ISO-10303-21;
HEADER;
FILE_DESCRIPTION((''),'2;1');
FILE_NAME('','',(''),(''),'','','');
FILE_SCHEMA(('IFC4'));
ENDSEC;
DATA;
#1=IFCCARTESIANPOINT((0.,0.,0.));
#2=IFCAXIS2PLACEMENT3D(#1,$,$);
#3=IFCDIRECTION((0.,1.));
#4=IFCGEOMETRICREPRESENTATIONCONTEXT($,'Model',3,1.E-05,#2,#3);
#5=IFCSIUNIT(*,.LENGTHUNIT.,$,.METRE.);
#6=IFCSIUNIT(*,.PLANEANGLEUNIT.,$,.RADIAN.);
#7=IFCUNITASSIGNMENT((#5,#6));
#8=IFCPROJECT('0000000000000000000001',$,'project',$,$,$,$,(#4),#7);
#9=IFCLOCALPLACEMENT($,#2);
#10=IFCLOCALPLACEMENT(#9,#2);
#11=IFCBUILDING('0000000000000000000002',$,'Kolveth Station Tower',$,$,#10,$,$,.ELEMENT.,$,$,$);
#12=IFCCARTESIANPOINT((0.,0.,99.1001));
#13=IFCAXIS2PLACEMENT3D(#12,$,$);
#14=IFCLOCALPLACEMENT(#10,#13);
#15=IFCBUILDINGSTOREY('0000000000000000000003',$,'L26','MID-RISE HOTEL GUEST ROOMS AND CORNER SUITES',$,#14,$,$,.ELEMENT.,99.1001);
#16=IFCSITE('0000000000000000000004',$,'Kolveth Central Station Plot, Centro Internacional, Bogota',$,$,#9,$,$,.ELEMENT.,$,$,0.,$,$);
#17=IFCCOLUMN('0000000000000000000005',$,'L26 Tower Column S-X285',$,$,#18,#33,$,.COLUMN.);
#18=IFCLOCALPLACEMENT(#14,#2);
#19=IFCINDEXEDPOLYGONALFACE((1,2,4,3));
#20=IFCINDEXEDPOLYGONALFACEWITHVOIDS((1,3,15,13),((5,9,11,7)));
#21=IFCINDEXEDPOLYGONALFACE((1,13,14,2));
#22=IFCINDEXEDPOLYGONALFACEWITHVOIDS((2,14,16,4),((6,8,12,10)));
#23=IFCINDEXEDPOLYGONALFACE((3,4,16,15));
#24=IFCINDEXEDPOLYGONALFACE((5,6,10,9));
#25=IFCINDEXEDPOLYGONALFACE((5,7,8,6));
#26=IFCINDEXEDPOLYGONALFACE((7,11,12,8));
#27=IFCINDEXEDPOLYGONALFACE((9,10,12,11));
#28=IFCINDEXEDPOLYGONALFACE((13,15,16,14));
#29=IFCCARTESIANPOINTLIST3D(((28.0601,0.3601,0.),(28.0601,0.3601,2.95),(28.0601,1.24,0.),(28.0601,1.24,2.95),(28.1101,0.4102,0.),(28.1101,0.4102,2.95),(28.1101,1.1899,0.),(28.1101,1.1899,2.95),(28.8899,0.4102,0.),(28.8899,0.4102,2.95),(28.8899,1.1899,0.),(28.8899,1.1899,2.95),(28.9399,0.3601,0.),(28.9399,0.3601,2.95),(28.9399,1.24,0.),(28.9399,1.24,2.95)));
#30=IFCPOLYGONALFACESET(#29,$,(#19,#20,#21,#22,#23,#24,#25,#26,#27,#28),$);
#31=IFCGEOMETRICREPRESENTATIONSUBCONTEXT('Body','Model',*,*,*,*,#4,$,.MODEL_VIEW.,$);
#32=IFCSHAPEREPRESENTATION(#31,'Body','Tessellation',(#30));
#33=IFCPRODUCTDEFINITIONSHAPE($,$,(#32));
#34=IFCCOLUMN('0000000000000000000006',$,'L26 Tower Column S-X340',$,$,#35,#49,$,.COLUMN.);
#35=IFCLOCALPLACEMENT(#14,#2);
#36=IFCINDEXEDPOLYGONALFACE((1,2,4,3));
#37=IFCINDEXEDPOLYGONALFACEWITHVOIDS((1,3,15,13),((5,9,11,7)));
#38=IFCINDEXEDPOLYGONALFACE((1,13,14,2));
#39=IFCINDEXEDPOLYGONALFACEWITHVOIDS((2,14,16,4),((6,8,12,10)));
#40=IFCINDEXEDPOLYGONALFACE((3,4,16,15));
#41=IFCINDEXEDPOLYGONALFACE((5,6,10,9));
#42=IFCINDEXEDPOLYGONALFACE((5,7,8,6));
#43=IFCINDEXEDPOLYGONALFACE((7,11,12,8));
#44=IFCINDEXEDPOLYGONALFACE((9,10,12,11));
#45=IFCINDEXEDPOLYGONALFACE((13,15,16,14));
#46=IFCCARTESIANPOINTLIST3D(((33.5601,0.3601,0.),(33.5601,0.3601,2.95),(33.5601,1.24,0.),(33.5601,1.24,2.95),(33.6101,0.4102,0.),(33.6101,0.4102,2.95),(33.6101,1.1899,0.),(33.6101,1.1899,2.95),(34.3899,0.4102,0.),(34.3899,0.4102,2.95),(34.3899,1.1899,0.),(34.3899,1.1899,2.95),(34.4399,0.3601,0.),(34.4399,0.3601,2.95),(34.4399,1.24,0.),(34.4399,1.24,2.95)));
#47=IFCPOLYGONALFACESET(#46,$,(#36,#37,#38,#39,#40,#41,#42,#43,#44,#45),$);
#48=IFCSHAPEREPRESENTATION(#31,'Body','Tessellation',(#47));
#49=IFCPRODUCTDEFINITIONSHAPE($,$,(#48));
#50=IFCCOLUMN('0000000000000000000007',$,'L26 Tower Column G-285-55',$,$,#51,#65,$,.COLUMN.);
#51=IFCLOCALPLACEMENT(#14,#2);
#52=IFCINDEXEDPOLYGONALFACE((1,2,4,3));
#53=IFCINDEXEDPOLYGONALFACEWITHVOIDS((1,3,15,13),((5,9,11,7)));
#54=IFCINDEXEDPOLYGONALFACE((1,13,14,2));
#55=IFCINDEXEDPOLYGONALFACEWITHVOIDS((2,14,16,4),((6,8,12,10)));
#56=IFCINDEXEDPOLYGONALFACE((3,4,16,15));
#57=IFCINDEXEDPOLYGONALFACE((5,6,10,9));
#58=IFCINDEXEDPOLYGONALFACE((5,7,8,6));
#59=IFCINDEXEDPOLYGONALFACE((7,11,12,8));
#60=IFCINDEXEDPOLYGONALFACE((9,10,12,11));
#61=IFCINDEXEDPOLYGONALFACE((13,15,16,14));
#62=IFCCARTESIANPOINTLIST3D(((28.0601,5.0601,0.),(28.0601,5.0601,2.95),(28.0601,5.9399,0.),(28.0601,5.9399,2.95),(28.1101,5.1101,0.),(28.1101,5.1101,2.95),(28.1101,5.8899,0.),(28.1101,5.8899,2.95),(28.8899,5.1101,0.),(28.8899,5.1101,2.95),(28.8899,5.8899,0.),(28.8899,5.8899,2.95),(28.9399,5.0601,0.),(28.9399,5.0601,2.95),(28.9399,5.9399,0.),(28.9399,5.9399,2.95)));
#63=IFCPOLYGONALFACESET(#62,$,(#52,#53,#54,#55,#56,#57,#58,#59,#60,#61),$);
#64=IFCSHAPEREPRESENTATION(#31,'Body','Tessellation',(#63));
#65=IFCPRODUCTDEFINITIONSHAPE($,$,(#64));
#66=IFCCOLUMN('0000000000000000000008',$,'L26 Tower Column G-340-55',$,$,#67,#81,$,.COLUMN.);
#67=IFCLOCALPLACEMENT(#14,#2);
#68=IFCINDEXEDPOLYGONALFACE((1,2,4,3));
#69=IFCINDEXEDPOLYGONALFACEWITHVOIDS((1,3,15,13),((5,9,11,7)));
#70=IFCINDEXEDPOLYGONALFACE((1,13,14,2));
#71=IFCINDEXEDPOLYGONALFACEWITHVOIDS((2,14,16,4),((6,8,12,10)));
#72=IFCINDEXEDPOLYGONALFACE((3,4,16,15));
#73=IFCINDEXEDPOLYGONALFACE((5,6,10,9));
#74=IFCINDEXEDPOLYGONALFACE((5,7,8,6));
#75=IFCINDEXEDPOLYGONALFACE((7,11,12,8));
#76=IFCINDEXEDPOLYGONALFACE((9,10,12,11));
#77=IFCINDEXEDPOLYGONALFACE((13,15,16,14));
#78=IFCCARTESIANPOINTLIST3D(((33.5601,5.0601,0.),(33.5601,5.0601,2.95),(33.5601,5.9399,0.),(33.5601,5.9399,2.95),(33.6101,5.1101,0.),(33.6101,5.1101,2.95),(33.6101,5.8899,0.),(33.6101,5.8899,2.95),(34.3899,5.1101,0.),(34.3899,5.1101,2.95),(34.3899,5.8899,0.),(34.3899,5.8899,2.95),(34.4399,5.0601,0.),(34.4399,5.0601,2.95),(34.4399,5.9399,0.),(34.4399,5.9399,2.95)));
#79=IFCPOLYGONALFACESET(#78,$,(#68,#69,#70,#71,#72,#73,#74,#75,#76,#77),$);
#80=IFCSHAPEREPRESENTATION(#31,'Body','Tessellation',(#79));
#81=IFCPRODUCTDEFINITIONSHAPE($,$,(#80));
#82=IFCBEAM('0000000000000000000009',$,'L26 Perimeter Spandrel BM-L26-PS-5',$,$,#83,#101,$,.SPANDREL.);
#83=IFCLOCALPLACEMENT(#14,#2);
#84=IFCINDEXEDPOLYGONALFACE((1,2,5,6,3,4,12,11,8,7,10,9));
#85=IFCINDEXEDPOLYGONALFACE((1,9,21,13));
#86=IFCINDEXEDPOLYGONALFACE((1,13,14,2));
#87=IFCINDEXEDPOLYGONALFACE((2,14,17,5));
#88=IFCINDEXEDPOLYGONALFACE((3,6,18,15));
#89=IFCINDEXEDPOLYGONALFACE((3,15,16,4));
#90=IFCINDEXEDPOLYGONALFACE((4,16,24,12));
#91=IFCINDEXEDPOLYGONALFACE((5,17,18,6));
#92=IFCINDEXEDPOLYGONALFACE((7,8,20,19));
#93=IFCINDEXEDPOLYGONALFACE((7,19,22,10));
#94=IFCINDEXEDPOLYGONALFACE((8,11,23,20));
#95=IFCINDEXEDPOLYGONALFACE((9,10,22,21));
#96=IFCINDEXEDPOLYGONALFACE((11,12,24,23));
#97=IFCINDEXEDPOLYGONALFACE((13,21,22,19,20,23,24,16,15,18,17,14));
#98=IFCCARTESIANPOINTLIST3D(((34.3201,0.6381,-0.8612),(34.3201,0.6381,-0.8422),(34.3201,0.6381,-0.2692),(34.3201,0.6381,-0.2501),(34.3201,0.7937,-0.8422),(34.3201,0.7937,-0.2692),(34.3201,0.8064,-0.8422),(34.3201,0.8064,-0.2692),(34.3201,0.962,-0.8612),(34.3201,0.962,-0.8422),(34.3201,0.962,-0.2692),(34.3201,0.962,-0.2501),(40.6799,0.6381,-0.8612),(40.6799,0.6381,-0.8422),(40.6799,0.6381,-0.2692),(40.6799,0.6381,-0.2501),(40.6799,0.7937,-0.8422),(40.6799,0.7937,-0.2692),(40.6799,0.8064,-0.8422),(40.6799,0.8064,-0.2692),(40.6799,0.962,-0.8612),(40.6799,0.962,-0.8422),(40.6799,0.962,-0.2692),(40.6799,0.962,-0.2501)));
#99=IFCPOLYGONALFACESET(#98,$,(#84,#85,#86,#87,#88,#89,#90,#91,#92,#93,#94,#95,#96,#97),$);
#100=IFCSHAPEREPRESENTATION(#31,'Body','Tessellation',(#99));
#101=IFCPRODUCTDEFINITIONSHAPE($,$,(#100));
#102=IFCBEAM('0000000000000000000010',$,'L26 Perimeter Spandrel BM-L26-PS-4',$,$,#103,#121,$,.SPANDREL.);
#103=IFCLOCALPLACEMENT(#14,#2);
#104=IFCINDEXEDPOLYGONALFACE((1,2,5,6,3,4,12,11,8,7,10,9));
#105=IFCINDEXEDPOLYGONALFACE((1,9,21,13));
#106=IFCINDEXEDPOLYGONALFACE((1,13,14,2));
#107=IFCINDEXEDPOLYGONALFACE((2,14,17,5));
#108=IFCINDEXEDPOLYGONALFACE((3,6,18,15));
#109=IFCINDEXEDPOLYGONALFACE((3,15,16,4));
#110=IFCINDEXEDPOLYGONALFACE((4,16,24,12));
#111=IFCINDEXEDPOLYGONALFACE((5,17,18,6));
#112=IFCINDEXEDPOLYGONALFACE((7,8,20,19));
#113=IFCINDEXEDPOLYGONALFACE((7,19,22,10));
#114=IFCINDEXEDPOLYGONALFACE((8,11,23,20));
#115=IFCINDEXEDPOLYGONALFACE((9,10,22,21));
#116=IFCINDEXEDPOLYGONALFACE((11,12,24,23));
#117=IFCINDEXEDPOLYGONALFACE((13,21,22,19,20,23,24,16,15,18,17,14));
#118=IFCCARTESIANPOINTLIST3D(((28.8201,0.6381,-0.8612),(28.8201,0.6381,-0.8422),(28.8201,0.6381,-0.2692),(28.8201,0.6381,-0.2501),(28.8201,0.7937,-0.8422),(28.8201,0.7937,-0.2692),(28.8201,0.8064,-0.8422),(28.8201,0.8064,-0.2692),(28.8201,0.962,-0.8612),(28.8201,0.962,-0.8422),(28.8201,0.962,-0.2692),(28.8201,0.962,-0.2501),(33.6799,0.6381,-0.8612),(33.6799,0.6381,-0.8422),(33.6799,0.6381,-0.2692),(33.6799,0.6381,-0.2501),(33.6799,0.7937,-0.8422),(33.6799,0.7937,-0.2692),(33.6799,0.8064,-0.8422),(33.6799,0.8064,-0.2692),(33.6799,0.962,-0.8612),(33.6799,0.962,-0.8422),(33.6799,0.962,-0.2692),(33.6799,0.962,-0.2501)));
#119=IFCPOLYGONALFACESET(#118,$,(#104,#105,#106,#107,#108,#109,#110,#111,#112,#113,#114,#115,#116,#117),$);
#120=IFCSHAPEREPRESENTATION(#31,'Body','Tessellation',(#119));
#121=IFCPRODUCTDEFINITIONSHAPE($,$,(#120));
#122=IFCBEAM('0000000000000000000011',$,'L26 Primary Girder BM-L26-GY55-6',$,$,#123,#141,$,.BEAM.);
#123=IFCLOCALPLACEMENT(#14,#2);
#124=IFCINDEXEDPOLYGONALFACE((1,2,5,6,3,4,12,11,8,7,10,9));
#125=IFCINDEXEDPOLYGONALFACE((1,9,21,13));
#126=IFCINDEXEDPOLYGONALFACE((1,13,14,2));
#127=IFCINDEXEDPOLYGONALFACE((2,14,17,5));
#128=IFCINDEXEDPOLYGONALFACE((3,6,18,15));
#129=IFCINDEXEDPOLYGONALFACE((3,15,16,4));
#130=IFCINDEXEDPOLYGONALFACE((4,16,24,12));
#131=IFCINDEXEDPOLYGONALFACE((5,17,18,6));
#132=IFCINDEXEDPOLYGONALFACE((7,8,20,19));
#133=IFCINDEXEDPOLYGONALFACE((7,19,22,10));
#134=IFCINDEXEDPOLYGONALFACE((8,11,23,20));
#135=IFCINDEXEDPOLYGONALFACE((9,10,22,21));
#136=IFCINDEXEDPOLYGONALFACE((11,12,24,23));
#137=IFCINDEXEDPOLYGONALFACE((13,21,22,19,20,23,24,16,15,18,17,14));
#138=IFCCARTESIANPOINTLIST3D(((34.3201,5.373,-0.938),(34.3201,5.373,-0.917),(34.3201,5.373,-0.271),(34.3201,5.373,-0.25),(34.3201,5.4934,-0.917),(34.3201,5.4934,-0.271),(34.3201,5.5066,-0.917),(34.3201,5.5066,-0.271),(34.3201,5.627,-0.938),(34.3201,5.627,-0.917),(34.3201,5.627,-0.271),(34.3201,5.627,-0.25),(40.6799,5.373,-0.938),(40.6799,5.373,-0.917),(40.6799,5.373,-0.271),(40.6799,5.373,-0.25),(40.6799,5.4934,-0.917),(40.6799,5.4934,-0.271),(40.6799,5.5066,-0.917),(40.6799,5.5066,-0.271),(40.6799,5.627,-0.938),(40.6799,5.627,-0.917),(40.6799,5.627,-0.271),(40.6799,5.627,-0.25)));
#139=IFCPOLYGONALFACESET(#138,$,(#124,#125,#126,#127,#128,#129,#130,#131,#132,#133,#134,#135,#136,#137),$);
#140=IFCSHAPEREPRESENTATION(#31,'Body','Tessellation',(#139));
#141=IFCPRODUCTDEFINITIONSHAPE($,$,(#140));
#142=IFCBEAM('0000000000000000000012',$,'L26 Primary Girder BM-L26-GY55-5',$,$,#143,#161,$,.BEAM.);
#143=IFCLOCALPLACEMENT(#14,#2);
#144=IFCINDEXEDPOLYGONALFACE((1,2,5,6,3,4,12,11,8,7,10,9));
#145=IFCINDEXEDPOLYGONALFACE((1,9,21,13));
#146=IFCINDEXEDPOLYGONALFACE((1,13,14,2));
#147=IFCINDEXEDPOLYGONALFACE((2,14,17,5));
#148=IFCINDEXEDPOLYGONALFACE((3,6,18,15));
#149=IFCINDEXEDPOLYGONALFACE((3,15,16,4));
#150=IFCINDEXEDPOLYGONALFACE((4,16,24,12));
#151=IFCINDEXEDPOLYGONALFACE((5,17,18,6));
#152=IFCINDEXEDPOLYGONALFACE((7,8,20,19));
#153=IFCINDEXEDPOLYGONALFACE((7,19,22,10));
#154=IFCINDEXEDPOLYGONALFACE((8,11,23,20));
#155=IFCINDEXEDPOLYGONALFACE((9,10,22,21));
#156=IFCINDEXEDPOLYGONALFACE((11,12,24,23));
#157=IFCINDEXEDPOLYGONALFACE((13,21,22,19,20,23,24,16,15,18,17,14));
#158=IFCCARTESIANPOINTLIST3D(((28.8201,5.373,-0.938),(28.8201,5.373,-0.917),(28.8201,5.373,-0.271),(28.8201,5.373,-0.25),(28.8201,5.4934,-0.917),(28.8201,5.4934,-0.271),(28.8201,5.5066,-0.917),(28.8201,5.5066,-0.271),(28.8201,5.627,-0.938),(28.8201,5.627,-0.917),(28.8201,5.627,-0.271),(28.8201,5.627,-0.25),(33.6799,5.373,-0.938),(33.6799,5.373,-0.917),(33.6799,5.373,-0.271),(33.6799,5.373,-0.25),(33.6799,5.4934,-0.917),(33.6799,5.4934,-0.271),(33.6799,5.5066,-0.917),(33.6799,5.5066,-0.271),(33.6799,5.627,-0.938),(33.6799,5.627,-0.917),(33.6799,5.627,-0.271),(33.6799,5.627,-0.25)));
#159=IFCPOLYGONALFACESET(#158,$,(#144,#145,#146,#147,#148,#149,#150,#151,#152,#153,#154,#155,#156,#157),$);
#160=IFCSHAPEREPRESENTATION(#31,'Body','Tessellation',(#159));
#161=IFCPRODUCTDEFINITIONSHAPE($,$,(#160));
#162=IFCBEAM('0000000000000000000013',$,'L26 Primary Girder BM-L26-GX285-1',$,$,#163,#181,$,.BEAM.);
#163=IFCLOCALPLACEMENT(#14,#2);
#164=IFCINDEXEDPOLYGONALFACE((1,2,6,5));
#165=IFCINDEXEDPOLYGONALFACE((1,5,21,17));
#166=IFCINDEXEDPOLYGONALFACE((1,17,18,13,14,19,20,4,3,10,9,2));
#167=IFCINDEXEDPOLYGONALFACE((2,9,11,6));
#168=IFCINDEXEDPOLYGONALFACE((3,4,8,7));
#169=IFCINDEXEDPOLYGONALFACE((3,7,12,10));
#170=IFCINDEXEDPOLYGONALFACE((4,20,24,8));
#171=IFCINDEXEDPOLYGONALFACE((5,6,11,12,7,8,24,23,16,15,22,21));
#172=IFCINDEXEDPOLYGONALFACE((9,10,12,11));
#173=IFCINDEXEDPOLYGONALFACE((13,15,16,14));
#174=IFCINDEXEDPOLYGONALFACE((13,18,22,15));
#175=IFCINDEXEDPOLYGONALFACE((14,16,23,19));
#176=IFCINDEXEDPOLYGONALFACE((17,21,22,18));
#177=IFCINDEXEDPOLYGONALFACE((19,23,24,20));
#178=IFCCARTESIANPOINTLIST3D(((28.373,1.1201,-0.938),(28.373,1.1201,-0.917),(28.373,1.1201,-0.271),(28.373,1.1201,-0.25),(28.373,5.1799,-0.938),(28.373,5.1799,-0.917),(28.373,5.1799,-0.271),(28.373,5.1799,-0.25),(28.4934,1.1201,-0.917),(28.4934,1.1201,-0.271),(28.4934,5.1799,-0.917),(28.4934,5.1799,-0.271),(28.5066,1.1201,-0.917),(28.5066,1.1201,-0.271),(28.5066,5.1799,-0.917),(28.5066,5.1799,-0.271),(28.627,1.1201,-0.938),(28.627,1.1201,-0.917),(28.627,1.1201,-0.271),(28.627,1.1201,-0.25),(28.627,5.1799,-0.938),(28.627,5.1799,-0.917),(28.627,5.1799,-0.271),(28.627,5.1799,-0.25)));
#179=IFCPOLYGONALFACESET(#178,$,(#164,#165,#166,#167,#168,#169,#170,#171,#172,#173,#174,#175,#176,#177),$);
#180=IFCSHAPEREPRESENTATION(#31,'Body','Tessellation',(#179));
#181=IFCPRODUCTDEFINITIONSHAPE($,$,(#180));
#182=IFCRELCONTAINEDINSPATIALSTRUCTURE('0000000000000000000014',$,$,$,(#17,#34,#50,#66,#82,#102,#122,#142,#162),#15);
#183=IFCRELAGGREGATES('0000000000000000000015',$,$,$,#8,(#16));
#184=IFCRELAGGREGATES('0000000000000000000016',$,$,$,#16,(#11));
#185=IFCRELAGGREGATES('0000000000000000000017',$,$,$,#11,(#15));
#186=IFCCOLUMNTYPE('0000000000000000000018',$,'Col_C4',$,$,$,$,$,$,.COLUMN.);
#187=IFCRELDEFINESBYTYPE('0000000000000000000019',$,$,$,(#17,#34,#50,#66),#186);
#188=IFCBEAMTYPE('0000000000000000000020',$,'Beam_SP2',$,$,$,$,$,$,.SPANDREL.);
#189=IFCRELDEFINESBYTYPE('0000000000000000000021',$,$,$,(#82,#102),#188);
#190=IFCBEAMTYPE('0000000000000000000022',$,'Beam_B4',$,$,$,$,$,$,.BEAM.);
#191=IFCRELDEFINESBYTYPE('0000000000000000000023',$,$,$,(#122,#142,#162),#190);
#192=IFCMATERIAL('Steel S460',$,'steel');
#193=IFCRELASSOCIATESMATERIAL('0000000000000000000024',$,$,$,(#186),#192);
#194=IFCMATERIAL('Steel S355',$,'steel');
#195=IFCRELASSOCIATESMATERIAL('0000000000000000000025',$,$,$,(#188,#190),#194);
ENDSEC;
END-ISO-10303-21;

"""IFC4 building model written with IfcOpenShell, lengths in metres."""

from ifc_helpers import new_model, si_unit, direction, frame, origin, origin_2d, place, context, subcontext, project, spatial, hollow_rectangle, i_section, extrude, source, transform, mapped, material, material_profile, profile_set, type_object, element, save


model = new_model("IFC4")

# Units and contexts
model_context = context("Model", 3, precision=1e-05, world=origin(), true_north=direction((0.0, 1.0)))
body_context = subcontext(model_context, "Body", "Model", "MODEL_VIEW")
ifc_project = project(units=[si_unit("LENGTHUNIT", "METRE"), si_unit("PLANEANGLEUNIT", "RADIAN")], contexts=[model_context])

# Site, building, storey
site_placement = place(None, origin())
site = spatial("IfcSite", under=ifc_project, at=site_placement, Name="Kolveth Central Station Plot, Centro Internacional, Bogota", CompositionType="ELEMENT", RefElevation=0.0)
building_placement = place(site_placement, origin())
building = spatial("IfcBuilding", under=site, at=building_placement, Name="Kolveth Station Tower", CompositionType="ELEMENT")
storey_placement = place(building_placement, frame((0.0, 0.0, 99.1001)))
storey = spatial("IfcBuildingStorey", under=building, at=storey_placement, Name="L26", Description="MID-RISE HOTEL GUEST ROOMS AND CORNER SUITES", CompositionType="ELEMENT", Elevation=99.1001)

# Columns
ifc_material_1 = material(Name="Steel S460", Category="steel")
ifc_material_profile_1 = material_profile(ifc_material_1, hollow_rectangle(XDim=0.8799, YDim=0.8799, WallThickness=0.05, at=origin_2d()), Name="BOX880x880x50")
ifc_profile_set_1 = profile_set([ifc_material_profile_1], Name="Steel S460")
column_type = type_object("IfcColumnType", Name="Col_C4", PredefinedType="COLUMN", material=ifc_profile_set_1)
shared_shape_1 = source(origin(), body_context, "Body", "SweptSolid", [
    extrude(hollow_rectangle(XDim=0.8799, YDim=0.8799, WallThickness=0.05, at=origin_2d()), origin(), (0.0, 0.0, 1.0), 2.95),
])
for number, where, z_axis, x_axis, name in (
    (1, (28.5, 0.8, 0.0), (0.0, 0.0, 1.0), (1.0, 0.0, 0.0), "L26 Tower Column S-X285"),
    (2, (34.0, 0.8, 0.0), (0.0, 0.0, 1.0), (1.0, 0.0, 0.0), "L26 Tower Column S-X340"),
    (3, (28.5, 5.5, 0.0), (0.0, 0.0, 1.0), (1.0, 0.0, 0.0), "L26 Tower Column G-285-55"),
    (4, (34.0, 5.5, 0.0), (0.0, 0.0, 1.0), (1.0, 0.0, 0.0), "L26 Tower Column G-340-55"),
):
    element("IfcColumn", number, at=place(storey_placement, frame(where, z_axis=z_axis, x_axis=x_axis)), inside=storey, type_object=column_type, Name=name, PredefinedType="COLUMN", context=body_context, shape_type="MappedRepresentation", body=[
        mapped(shared_shape_1, transform((0.0, 0.0, 0.0), x_axis=(1.0, 0.0, 0.0), y_axis=(0.0, 1.0, 0.0), z_axis=(0.0, 0.0, 1.0), scale=1.0)),
    ])

# Beams
ifc_material_2 = material(Name="Steel S355", Category="steel")
ifc_material_profile_2 = material_profile(ifc_material_2, i_section(OverallWidth=0.324, OverallDepth=0.6111, WebThickness=0.0127, FlangeThickness=0.019, at=origin_2d()), Name="W610x155")
ifc_profile_set_2 = profile_set([ifc_material_profile_2], Name="Steel S355")
beam_type_1 = type_object("IfcBeamType", Name="Beam_SP2", PredefinedType="SPANDREL", material=ifc_profile_set_2)
shared_shape_2 = source(origin(), body_context, "Body", "SweptSolid", [
    extrude(i_section(OverallWidth=0.324, OverallDepth=0.6111, WebThickness=0.0127, FlangeThickness=0.019, at=origin_2d()), origin(), (0.0, 0.0, 1.0), 6.3599),
])
beam_1_placement = place(storey_placement, frame((34.3201, 0.8, -0.5557), z_axis=(1.0, 0.0, 0.0), x_axis=(0.0, 1.0, 0.0)))
element("IfcBeam", 5, at=beam_1_placement, inside=storey, type_object=beam_type_1, Name="L26 Perimeter Spandrel BM-L26-PS-5", PredefinedType="SPANDREL", context=body_context, shape_type="MappedRepresentation", body=[
    mapped(shared_shape_2, transform((0.0, 0.0, 0.0), x_axis=(1.0, 0.0, 0.0), y_axis=(0.0, 1.0, 0.0), z_axis=(0.0, 0.0, 1.0), scale=1.0)),
])
shared_shape_3 = source(origin(), body_context, "Body", "SweptSolid", [
    extrude(i_section(OverallWidth=0.324, OverallDepth=0.6111, WebThickness=0.0127, FlangeThickness=0.019, at=origin_2d()), origin(), (0.0, 0.0, 1.0), 4.8599),
])
beam_2_placement = place(storey_placement, frame((28.8201, 0.8, -0.5557), z_axis=(1.0, 0.0, 0.0), x_axis=(0.0, 1.0, 0.0)))
element("IfcBeam", 6, at=beam_2_placement, inside=storey, type_object=beam_type_1, Name="L26 Perimeter Spandrel BM-L26-PS-4", PredefinedType="SPANDREL", context=body_context, shape_type="MappedRepresentation", body=[
    mapped(shared_shape_3, transform((0.0, 0.0, 0.0), x_axis=(1.0, 0.0, 0.0), y_axis=(0.0, 1.0, 0.0), z_axis=(0.0, 0.0, 1.0), scale=1.0)),
])
ifc_material_profile_3 = material_profile(ifc_material_2, i_section(OverallWidth=0.2539, OverallDepth=0.688, WebThickness=0.0132, FlangeThickness=0.021, at=origin_2d()), Name="W690x152")
ifc_profile_set_3 = profile_set([ifc_material_profile_3], Name="Steel S355")
beam_type_2 = type_object("IfcBeamType", Name="Beam_B4", PredefinedType="BEAM", material=ifc_profile_set_3)
shared_shape_4 = source(origin(), body_context, "Body", "SweptSolid", [
    extrude(i_section(OverallWidth=0.2539, OverallDepth=0.688, WebThickness=0.0132, FlangeThickness=0.021, at=origin_2d()), origin(), (0.0, 0.0, 1.0), 6.3599),
])
beam_3_placement = place(storey_placement, frame((34.3201, 5.5, -0.594), z_axis=(1.0, 0.0, 0.0), x_axis=(0.0, 1.0, 0.0)))
element("IfcBeam", 7, at=beam_3_placement, inside=storey, type_object=beam_type_2, Name="L26 Primary Girder BM-L26-GY55-6", PredefinedType="BEAM", context=body_context, shape_type="MappedRepresentation", body=[
    mapped(shared_shape_4, transform((0.0, 0.0, 0.0), x_axis=(1.0, 0.0, 0.0), y_axis=(0.0, 1.0, 0.0), z_axis=(0.0, 0.0, 1.0), scale=1.0)),
])
shared_shape_5 = source(origin(), body_context, "Body", "SweptSolid", [
    extrude(i_section(OverallWidth=0.2539, OverallDepth=0.688, WebThickness=0.0132, FlangeThickness=0.021, at=origin_2d()), origin(), (0.0, 0.0, 1.0), 4.8599),
])
beam_4_placement = place(storey_placement, frame((28.8201, 5.5, -0.594), z_axis=(1.0, 0.0, 0.0), x_axis=(0.0, 1.0, 0.0)))
element("IfcBeam", 8, at=beam_4_placement, inside=storey, type_object=beam_type_2, Name="L26 Primary Girder BM-L26-GY55-5", PredefinedType="BEAM", context=body_context, shape_type="MappedRepresentation", body=[
    mapped(shared_shape_5, transform((0.0, 0.0, 0.0), x_axis=(1.0, 0.0, 0.0), y_axis=(0.0, 1.0, 0.0), z_axis=(0.0, 0.0, 1.0), scale=1.0)),
])
shared_shape_6 = source(origin(), body_context, "Body", "SweptSolid", [
    extrude(i_section(OverallWidth=0.2539, OverallDepth=0.688, WebThickness=0.0132, FlangeThickness=0.021, at=origin_2d()), origin(), (0.0, 0.0, 1.0), 4.0598),
])
for number, where, z_axis, x_axis, name in (
    (9, (28.5, 1.1201, -0.594), (0.0, 1.0, 0.0), (-1.0, 0.0, 0.0), "L26 Primary Girder BM-L26-GX285-1"),
):
    element("IfcBeam", number, at=place(storey_placement, frame(where, z_axis=z_axis, x_axis=x_axis)), inside=storey, type_object=beam_type_2, Name=name, PredefinedType="BEAM", context=body_context, shape_type="MappedRepresentation", body=[
        mapped(shared_shape_6, transform((0.0, 0.0, 0.0), x_axis=(1.0, 0.0, 0.0), y_axis=(0.0, 1.0, 0.0), z_axis=(0.0, 0.0, 1.0), scale=1.0)),
    ])

save(model, "model.ifc")
